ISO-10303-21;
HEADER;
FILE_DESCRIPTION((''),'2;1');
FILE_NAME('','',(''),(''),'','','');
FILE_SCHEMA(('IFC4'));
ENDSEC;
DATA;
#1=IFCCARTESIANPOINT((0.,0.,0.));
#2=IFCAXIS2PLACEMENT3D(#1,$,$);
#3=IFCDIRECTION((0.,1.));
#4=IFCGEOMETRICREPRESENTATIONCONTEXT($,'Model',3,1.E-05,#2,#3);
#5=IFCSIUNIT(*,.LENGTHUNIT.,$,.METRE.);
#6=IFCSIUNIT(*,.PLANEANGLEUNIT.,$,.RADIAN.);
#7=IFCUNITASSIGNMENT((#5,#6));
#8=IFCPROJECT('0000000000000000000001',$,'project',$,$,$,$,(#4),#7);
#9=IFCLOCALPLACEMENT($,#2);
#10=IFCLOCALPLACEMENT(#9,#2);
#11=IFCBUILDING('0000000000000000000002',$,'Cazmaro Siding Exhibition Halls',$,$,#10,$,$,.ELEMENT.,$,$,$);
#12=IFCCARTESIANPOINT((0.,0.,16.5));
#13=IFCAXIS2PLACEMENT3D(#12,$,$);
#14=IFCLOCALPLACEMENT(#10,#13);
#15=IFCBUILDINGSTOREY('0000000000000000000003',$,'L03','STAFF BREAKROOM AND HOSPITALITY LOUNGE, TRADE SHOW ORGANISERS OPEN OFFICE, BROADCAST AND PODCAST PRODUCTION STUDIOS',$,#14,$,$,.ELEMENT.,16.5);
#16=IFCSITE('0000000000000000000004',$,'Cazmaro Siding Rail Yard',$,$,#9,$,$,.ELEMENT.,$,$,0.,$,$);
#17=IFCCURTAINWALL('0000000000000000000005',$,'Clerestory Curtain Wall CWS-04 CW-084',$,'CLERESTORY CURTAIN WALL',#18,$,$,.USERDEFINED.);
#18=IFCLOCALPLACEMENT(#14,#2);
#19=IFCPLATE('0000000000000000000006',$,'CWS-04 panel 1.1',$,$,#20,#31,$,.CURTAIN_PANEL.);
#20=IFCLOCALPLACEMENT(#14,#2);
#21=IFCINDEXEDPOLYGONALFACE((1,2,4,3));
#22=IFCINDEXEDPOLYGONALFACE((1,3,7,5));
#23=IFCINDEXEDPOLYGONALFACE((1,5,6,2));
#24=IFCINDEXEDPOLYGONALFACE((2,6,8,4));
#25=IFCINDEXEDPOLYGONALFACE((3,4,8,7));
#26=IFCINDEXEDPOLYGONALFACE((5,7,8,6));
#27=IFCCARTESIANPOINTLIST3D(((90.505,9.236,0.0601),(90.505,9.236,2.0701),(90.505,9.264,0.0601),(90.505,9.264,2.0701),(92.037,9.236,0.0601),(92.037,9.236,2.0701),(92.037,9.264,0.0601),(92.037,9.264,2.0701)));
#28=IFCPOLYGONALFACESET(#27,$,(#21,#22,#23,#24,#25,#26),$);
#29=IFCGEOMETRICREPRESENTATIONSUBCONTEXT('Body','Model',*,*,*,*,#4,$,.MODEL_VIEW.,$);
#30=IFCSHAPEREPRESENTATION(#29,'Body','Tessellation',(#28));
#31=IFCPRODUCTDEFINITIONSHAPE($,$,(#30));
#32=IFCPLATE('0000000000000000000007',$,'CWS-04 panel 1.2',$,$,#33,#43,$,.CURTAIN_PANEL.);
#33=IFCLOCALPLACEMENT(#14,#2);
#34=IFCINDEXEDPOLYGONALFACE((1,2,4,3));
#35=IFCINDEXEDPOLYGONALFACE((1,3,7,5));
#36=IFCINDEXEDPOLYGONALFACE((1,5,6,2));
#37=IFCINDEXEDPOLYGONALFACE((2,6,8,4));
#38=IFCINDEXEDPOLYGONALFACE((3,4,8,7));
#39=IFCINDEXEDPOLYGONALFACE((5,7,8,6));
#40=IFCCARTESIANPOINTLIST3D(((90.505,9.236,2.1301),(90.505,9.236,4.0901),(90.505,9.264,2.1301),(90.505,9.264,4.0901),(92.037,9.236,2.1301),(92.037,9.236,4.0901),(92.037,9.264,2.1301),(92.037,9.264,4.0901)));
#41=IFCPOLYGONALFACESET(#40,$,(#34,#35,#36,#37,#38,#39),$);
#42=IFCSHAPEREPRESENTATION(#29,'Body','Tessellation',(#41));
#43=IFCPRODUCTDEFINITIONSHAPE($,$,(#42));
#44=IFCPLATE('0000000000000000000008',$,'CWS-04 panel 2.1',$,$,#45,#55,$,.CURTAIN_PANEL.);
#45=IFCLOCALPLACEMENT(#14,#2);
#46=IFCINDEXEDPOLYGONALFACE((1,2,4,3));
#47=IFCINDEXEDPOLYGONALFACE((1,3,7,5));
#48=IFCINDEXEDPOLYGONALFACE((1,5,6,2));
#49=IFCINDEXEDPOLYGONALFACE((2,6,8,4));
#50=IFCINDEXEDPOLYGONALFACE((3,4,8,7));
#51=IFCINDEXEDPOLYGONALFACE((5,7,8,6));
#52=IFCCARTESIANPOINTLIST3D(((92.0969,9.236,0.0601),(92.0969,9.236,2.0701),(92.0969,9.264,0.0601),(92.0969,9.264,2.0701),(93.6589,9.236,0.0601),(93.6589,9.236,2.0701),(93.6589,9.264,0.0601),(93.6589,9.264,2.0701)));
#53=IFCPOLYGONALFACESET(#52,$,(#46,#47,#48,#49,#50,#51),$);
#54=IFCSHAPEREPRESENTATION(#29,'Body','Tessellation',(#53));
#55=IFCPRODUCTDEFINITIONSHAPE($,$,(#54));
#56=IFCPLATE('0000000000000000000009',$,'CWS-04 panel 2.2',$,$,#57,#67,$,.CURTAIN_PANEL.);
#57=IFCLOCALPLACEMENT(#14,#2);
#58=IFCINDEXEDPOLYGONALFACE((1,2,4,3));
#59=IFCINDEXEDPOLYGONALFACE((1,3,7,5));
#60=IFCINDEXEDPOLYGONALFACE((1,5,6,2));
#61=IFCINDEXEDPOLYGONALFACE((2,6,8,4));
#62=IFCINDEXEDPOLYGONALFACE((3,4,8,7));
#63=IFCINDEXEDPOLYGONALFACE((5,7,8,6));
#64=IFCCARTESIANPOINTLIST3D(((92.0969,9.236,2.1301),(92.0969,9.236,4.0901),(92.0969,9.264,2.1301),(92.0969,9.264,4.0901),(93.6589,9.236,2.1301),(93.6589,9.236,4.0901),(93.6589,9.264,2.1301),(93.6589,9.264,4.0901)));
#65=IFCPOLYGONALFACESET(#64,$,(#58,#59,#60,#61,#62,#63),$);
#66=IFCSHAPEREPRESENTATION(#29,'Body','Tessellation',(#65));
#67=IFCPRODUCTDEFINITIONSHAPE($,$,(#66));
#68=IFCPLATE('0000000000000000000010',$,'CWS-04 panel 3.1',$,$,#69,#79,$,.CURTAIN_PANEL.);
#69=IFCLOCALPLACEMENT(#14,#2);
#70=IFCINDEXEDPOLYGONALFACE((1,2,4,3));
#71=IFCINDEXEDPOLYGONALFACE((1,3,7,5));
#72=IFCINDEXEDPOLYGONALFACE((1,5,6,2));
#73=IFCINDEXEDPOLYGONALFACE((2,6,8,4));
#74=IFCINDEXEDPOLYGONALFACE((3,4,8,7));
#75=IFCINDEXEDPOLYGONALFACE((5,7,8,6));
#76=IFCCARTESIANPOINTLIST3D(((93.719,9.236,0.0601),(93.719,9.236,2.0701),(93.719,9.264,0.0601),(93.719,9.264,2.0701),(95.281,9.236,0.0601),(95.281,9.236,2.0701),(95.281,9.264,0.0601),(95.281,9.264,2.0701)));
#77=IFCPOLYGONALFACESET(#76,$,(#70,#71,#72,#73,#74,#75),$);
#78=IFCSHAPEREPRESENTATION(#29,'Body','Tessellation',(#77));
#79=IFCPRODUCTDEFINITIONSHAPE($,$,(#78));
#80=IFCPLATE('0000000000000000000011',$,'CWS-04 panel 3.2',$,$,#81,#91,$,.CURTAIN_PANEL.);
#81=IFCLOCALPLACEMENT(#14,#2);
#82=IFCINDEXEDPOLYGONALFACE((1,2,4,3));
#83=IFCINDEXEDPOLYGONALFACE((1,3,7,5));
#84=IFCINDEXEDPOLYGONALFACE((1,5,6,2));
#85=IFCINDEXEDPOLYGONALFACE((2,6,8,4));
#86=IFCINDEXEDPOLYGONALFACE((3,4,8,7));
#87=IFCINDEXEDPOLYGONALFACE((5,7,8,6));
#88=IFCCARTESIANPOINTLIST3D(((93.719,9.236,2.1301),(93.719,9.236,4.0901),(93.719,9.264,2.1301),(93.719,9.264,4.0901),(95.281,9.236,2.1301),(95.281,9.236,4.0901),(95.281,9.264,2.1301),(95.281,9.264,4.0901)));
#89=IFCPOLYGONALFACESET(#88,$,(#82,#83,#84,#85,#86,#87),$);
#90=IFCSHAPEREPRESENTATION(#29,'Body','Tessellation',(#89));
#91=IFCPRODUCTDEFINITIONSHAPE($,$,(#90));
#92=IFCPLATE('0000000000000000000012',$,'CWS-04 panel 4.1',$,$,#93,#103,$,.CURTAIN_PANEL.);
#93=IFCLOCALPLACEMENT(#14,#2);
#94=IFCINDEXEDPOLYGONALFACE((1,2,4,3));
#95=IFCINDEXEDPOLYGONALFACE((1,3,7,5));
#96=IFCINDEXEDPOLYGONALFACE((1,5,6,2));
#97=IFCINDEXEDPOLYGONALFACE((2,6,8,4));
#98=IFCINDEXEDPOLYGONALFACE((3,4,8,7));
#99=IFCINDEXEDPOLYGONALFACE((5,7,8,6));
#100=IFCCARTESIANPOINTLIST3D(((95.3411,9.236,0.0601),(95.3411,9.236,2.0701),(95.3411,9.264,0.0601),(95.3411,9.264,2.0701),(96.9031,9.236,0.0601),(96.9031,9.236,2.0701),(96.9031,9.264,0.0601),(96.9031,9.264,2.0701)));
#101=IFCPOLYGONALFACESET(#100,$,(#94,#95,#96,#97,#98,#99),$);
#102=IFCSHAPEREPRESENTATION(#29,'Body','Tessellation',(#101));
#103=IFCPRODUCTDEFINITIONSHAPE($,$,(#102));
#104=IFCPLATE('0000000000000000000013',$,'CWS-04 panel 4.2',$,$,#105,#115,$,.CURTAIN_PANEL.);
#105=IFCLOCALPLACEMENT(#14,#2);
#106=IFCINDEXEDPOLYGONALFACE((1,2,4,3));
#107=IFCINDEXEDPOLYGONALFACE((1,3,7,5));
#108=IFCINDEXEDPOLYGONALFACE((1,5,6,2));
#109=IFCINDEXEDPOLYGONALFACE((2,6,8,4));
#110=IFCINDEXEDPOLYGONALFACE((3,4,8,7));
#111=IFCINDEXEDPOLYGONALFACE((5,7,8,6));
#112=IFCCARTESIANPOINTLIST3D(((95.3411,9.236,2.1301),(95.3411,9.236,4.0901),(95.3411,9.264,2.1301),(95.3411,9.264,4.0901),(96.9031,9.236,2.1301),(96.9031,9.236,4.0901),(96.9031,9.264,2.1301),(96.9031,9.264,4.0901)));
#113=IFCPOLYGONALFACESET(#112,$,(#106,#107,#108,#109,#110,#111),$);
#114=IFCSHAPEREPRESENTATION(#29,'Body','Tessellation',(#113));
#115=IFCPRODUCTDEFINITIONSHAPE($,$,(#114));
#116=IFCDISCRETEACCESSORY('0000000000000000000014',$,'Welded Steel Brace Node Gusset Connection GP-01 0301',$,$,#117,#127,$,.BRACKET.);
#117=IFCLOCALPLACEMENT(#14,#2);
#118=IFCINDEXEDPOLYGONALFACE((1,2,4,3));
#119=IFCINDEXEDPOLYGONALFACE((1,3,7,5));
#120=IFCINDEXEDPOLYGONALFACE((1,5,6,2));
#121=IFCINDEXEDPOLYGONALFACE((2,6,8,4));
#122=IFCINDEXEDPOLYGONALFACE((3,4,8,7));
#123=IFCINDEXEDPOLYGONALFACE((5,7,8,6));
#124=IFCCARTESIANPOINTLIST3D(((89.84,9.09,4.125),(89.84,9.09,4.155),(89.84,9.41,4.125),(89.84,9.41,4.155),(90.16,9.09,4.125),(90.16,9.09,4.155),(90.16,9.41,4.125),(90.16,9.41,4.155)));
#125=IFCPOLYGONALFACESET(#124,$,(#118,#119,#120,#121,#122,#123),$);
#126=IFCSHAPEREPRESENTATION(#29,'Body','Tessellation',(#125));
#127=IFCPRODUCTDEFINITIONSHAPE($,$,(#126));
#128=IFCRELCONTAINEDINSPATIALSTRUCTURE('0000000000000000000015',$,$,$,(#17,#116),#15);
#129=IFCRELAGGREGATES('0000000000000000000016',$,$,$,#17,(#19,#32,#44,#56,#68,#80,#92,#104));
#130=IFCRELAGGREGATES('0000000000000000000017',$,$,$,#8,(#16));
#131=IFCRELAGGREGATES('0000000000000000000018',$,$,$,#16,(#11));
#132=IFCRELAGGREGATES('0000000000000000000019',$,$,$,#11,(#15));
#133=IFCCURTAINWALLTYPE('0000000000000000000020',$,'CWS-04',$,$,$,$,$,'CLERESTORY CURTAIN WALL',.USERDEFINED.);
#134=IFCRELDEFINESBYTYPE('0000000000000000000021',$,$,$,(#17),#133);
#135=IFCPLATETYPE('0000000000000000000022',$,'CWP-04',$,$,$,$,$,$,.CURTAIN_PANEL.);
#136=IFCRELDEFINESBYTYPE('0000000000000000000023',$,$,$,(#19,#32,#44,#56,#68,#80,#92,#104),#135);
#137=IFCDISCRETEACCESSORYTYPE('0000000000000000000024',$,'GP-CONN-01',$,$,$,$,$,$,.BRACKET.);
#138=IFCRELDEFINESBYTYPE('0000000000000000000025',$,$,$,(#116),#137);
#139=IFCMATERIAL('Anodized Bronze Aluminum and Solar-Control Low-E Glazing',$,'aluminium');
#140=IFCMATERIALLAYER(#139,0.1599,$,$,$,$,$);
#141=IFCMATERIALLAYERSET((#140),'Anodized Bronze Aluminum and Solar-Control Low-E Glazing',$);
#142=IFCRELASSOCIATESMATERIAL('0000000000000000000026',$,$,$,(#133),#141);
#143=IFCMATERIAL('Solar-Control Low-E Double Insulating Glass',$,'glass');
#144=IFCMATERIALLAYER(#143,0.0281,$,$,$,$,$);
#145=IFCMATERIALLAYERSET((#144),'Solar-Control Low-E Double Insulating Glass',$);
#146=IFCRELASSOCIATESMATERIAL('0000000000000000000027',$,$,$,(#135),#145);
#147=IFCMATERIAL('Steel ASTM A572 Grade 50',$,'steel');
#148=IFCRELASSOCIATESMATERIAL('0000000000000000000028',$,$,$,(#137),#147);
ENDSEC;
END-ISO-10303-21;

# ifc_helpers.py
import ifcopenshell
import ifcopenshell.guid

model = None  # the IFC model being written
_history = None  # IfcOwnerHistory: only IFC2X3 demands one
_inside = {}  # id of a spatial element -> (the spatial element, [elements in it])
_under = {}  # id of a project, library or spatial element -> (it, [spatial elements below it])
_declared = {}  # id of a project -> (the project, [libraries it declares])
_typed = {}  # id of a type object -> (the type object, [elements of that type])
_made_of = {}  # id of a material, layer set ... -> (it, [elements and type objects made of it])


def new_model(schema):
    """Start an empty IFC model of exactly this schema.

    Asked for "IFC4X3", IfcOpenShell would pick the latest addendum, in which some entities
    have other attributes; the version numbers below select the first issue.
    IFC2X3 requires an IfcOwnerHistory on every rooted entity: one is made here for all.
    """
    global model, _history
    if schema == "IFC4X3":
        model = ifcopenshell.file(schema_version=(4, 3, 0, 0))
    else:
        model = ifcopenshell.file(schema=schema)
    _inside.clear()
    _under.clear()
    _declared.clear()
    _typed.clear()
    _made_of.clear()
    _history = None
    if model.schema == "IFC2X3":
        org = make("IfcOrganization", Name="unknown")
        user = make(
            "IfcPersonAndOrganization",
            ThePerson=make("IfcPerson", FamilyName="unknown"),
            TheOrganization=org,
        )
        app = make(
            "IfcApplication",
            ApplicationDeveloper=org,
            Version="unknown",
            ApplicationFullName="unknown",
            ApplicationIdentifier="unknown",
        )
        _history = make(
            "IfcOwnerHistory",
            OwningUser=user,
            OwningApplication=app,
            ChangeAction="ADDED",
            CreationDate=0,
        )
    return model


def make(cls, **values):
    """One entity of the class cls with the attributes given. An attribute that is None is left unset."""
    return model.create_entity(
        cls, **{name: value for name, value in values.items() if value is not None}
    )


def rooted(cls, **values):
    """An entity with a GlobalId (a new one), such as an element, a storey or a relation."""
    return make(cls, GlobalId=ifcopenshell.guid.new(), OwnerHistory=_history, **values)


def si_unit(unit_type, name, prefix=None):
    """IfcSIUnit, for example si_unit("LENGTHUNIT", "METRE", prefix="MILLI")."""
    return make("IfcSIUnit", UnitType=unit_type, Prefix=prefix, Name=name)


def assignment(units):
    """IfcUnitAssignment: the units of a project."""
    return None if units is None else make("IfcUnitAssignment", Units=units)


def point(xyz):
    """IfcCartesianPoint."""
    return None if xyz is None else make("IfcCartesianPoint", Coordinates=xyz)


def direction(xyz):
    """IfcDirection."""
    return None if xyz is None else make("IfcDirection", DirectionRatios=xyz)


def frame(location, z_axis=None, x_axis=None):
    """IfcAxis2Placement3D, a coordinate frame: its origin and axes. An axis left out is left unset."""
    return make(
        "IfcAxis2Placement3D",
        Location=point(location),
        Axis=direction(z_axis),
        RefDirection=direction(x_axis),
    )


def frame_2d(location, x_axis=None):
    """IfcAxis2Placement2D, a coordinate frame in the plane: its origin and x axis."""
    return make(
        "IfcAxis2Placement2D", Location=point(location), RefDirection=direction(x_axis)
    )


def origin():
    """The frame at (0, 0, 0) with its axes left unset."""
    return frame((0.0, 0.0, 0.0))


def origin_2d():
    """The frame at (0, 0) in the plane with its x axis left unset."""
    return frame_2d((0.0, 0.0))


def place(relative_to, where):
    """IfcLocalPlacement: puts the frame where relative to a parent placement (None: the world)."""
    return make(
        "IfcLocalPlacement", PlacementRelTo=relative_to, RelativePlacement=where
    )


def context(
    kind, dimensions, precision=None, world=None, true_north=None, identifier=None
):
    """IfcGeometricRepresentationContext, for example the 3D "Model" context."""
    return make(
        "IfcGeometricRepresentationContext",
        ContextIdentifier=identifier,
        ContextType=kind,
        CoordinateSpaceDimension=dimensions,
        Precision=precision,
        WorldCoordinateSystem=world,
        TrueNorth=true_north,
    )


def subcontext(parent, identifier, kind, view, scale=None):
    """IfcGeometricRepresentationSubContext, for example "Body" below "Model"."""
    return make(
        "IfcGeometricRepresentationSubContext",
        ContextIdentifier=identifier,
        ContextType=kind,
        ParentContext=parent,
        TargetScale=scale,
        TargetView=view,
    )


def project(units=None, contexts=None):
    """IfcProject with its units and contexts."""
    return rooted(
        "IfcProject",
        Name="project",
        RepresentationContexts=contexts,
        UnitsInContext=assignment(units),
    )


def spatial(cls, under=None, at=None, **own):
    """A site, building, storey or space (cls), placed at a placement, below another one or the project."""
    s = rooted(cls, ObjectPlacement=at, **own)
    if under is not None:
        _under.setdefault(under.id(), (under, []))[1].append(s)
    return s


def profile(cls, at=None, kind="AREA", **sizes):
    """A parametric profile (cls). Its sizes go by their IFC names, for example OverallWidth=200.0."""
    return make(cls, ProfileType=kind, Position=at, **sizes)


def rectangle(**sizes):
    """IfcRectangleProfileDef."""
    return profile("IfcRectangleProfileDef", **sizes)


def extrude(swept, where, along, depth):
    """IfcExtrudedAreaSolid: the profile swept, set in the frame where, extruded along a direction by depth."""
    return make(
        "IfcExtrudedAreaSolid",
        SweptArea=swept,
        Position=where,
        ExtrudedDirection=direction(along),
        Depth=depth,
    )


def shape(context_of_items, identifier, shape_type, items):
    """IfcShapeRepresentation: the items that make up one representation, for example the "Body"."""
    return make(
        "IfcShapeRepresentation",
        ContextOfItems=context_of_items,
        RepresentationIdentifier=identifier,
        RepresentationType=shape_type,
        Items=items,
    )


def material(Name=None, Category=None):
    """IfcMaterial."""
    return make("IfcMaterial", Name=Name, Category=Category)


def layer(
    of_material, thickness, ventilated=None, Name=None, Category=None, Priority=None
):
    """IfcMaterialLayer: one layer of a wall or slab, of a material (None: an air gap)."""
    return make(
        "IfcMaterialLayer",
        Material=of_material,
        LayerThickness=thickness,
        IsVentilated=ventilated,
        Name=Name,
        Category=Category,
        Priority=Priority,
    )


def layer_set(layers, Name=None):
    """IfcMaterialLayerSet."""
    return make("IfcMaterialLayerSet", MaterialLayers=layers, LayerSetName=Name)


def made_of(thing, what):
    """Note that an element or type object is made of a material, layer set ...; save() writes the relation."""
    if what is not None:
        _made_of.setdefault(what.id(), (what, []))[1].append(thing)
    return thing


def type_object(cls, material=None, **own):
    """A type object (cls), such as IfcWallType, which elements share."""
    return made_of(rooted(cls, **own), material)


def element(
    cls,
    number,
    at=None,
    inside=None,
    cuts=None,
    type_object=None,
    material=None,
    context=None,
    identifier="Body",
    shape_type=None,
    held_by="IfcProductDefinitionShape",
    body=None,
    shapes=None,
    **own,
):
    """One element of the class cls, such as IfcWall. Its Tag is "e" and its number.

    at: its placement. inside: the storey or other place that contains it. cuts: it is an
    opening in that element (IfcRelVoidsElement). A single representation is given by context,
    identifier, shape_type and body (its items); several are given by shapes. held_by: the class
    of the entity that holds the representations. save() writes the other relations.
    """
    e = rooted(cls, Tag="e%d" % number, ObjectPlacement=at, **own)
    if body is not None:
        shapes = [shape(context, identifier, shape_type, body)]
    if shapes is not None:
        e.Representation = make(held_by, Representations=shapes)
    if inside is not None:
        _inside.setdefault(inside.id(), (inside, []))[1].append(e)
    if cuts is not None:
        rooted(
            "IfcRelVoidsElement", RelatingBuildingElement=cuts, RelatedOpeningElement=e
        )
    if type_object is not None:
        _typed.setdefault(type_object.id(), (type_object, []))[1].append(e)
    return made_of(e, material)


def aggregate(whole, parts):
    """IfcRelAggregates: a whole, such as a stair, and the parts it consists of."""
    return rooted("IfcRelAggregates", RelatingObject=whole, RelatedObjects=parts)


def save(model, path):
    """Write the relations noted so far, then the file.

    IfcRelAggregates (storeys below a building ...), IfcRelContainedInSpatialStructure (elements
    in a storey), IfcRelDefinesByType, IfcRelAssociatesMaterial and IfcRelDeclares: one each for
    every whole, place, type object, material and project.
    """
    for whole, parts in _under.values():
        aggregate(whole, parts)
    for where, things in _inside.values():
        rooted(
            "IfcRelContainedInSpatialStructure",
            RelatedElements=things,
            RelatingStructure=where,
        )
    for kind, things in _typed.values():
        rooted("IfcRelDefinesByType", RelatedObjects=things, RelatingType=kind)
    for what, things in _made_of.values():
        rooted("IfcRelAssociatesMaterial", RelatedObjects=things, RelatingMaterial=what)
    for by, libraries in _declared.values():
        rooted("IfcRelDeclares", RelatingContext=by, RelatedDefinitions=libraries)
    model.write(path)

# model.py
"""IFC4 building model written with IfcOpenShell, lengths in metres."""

from ifc_helpers import new_model, si_unit, direction, frame, origin, origin_2d, place, context, subcontext, project, spatial, rectangle, extrude, material, layer, layer_set, type_object, element, aggregate, save


model = new_model("IFC4")

# Units and contexts
model_context = context("Model", 3, precision=1e-05, world=origin(), true_north=direction((0.0, 1.0)))
body_context = subcontext(model_context, "Body", "Model", "MODEL_VIEW")
ifc_project = project(units=[si_unit("LENGTHUNIT", "METRE"), si_unit("PLANEANGLEUNIT", "RADIAN")], contexts=[model_context])

# Site, building, storey
site_placement = place(None, origin())
site = spatial("IfcSite", under=ifc_project, at=site_placement, Name="Cazmaro Siding Rail Yard", CompositionType="ELEMENT", RefElevation=0.0)
building_placement = place(site_placement, origin())
building = spatial("IfcBuilding", under=site, at=building_placement, Name="Cazmaro Siding Exhibition Halls", CompositionType="ELEMENT")
storey_placement = place(building_placement, frame((0.0, 0.0, 16.5)))
storey = spatial("IfcBuildingStorey", under=building, at=storey_placement, Name="L03", Description="STAFF BREAKROOM AND HOSPITALITY LOUNGE, TRADE SHOW ORGANISERS OPEN OFFICE, BROADCAST AND PODCAST PRODUCTION STUDIOS", CompositionType="ELEMENT", Elevation=16.5)

# Shared definitions
ifc_material_1 = material(Name="Anodized Bronze Aluminum and Solar-Control Low-E Glazing", Category="aluminium")
ifc_layer_1 = layer(ifc_material_1, 0.1599)
ifc_layer_set_1 = layer_set([ifc_layer_1], Name="Anodized Bronze Aluminum and Solar-Control Low-E Glazing")
curtain_wall_type = type_object("IfcCurtainWallType", Name="CWS-04", ElementType="CLERESTORY CURTAIN WALL", PredefinedType="USERDEFINED", material=ifc_layer_set_1)

# Curtain wall
curtain_wall_1_placement = place(storey_placement, origin())
curtain_wall_1 = element("IfcCurtainWall", 1, at=curtain_wall_1_placement, inside=storey, type_object=curtain_wall_type, Name="Clerestory Curtain Wall CWS-04 CW-084", ObjectType="CLERESTORY CURTAIN WALL", PredefinedType="USERDEFINED")

# Plates
ifc_material_2 = material(Name="Solar-Control Low-E Double Insulating Glass", Category="glass")
ifc_layer_2 = layer(ifc_material_2, 0.0281)
ifc_layer_set_2 = layer_set([ifc_layer_2], Name="Solar-Control Low-E Double Insulating Glass")
plate_type = type_object("IfcPlateType", Name="CWP-04", PredefinedType="CURTAIN_PANEL", material=ifc_layer_set_2)
plate_1_placement = place(storey_placement, frame((91.271, 9.25, 0.0601), z_axis=(0.0, 0.0, 1.0), x_axis=(1.0, 0.0, 0.0)))
plate_1 = element("IfcPlate", 2, at=plate_1_placement, type_object=plate_type, Name="CWS-04 panel 1.1", PredefinedType="CURTAIN_PANEL", context=body_context, shape_type="SweptSolid", body=[
    extrude(rectangle(XDim=1.532, YDim=0.0281, at=origin_2d()), origin(), (0.0, 0.0, 1.0), 2.01),
])
plate_2_placement = place(storey_placement, frame((91.271, 9.25, 2.1301), z_axis=(0.0, 0.0, 1.0), x_axis=(1.0, 0.0, 0.0)))
plate_2 = element("IfcPlate", 3, at=plate_2_placement, type_object=plate_type, Name="CWS-04 panel 1.2", PredefinedType="CURTAIN_PANEL", context=body_context, shape_type="SweptSolid", body=[
    extrude(rectangle(XDim=1.532, YDim=0.0281, at=origin_2d()), origin(), (0.0, 0.0, 1.0), 1.96),
])
plate_3_placement = place(storey_placement, frame((92.8779, 9.25, 0.0601), z_axis=(0.0, 0.0, 1.0), x_axis=(1.0, 0.0, 0.0)))
plate_3 = element("IfcPlate", 4, at=plate_3_placement, type_object=plate_type, Name="CWS-04 panel 2.1", PredefinedType="CURTAIN_PANEL", context=body_context, shape_type="SweptSolid", body=[
    extrude(rectangle(XDim=1.562, YDim=0.0281, at=origin_2d()), origin(), (0.0, 0.0, 1.0), 2.01),
])
plate_4_placement = place(storey_placement, frame((92.8779, 9.25, 2.1301), z_axis=(0.0, 0.0, 1.0), x_axis=(1.0, 0.0, 0.0)))
plate_4 = element("IfcPlate", 5, at=plate_4_placement, type_object=plate_type, Name="CWS-04 panel 2.2", PredefinedType="CURTAIN_PANEL", context=body_context, shape_type="SweptSolid", body=[
    extrude(rectangle(XDim=1.562, YDim=0.0281, at=origin_2d()), origin(), (0.0, 0.0, 1.0), 1.96),
])
plate_5_placement = place(storey_placement, frame((94.5, 9.25, 0.0601), z_axis=(0.0, 0.0, 1.0), x_axis=(1.0, 0.0, 0.0)))
plate_5 = element("IfcPlate", 6, at=plate_5_placement, type_object=plate_type, Name="CWS-04 panel 3.1", PredefinedType="CURTAIN_PANEL", context=body_context, shape_type="SweptSolid", body=[
    extrude(rectangle(XDim=1.562, YDim=0.0281, at=origin_2d()), origin(), (0.0, 0.0, 1.0), 2.01),
])
plate_6_placement = place(storey_placement, frame((94.5, 9.25, 2.1301), z_axis=(0.0, 0.0, 1.0), x_axis=(1.0, 0.0, 0.0)))
plate_6 = element("IfcPlate", 7, at=plate_6_placement, type_object=plate_type, Name="CWS-04 panel 3.2", PredefinedType="CURTAIN_PANEL", context=body_context, shape_type="SweptSolid", body=[
    extrude(rectangle(XDim=1.562, YDim=0.0281, at=origin_2d()), origin(), (0.0, 0.0, 1.0), 1.96),
])
plate_7_placement = place(storey_placement, frame((96.1221, 9.25, 0.0601), z_axis=(0.0, 0.0, 1.0), x_axis=(1.0, 0.0, 0.0)))
plate_7 = element("IfcPlate", 8, at=plate_7_placement, type_object=plate_type, Name="CWS-04 panel 4.1", PredefinedType="CURTAIN_PANEL", context=body_context, shape_type="SweptSolid", body=[
    extrude(rectangle(XDim=1.562, YDim=0.0281, at=origin_2d()), origin(), (0.0, 0.0, 1.0), 2.01),
])
plate_8_placement = place(storey_placement, frame((96.1221, 9.25, 2.1301), z_axis=(0.0, 0.0, 1.0), x_axis=(1.0, 0.0, 0.0)))
plate_8 = element("IfcPlate", 9, at=plate_8_placement, type_object=plate_type, Name="CWS-04 panel 4.2", PredefinedType="CURTAIN_PANEL", context=body_context, shape_type="SweptSolid", body=[
    extrude(rectangle(XDim=1.562, YDim=0.0281, at=origin_2d()), origin(), (0.0, 0.0, 1.0), 1.96),
])
aggregate(curtain_wall_1, [plate_1, plate_2, plate_3, plate_4, plate_5, plate_6, plate_7, plate_8])

# Discrete accessory
ifc_material_3 = material(Name="Steel ASTM A572 Grade 50", Category="steel")
discrete_accessory_type = type_object("IfcDiscreteAccessoryType", Name="GP-CONN-01", PredefinedType="BRACKET", material=ifc_material_3)
discrete_accessory_placement = place(storey_placement, frame((90.0, 9.25, 4.125), z_axis=(0.0, 0.0, 1.0), x_axis=(1.0, 0.0, 0.0)))
element("IfcDiscreteAccessory", 10, at=discrete_accessory_placement, inside=storey, type_object=discrete_accessory_type, Name="Welded Steel Brace Node Gusset Connection GP-01 0301", PredefinedType="BRACKET", context=body_context, shape_type="SweptSolid", body=[
    extrude(rectangle(XDim=0.3201, YDim=0.3201, at=origin_2d()), origin(), (0.0, 0.0, 1.0), 0.03),
])

save(model, "model.ifc")
